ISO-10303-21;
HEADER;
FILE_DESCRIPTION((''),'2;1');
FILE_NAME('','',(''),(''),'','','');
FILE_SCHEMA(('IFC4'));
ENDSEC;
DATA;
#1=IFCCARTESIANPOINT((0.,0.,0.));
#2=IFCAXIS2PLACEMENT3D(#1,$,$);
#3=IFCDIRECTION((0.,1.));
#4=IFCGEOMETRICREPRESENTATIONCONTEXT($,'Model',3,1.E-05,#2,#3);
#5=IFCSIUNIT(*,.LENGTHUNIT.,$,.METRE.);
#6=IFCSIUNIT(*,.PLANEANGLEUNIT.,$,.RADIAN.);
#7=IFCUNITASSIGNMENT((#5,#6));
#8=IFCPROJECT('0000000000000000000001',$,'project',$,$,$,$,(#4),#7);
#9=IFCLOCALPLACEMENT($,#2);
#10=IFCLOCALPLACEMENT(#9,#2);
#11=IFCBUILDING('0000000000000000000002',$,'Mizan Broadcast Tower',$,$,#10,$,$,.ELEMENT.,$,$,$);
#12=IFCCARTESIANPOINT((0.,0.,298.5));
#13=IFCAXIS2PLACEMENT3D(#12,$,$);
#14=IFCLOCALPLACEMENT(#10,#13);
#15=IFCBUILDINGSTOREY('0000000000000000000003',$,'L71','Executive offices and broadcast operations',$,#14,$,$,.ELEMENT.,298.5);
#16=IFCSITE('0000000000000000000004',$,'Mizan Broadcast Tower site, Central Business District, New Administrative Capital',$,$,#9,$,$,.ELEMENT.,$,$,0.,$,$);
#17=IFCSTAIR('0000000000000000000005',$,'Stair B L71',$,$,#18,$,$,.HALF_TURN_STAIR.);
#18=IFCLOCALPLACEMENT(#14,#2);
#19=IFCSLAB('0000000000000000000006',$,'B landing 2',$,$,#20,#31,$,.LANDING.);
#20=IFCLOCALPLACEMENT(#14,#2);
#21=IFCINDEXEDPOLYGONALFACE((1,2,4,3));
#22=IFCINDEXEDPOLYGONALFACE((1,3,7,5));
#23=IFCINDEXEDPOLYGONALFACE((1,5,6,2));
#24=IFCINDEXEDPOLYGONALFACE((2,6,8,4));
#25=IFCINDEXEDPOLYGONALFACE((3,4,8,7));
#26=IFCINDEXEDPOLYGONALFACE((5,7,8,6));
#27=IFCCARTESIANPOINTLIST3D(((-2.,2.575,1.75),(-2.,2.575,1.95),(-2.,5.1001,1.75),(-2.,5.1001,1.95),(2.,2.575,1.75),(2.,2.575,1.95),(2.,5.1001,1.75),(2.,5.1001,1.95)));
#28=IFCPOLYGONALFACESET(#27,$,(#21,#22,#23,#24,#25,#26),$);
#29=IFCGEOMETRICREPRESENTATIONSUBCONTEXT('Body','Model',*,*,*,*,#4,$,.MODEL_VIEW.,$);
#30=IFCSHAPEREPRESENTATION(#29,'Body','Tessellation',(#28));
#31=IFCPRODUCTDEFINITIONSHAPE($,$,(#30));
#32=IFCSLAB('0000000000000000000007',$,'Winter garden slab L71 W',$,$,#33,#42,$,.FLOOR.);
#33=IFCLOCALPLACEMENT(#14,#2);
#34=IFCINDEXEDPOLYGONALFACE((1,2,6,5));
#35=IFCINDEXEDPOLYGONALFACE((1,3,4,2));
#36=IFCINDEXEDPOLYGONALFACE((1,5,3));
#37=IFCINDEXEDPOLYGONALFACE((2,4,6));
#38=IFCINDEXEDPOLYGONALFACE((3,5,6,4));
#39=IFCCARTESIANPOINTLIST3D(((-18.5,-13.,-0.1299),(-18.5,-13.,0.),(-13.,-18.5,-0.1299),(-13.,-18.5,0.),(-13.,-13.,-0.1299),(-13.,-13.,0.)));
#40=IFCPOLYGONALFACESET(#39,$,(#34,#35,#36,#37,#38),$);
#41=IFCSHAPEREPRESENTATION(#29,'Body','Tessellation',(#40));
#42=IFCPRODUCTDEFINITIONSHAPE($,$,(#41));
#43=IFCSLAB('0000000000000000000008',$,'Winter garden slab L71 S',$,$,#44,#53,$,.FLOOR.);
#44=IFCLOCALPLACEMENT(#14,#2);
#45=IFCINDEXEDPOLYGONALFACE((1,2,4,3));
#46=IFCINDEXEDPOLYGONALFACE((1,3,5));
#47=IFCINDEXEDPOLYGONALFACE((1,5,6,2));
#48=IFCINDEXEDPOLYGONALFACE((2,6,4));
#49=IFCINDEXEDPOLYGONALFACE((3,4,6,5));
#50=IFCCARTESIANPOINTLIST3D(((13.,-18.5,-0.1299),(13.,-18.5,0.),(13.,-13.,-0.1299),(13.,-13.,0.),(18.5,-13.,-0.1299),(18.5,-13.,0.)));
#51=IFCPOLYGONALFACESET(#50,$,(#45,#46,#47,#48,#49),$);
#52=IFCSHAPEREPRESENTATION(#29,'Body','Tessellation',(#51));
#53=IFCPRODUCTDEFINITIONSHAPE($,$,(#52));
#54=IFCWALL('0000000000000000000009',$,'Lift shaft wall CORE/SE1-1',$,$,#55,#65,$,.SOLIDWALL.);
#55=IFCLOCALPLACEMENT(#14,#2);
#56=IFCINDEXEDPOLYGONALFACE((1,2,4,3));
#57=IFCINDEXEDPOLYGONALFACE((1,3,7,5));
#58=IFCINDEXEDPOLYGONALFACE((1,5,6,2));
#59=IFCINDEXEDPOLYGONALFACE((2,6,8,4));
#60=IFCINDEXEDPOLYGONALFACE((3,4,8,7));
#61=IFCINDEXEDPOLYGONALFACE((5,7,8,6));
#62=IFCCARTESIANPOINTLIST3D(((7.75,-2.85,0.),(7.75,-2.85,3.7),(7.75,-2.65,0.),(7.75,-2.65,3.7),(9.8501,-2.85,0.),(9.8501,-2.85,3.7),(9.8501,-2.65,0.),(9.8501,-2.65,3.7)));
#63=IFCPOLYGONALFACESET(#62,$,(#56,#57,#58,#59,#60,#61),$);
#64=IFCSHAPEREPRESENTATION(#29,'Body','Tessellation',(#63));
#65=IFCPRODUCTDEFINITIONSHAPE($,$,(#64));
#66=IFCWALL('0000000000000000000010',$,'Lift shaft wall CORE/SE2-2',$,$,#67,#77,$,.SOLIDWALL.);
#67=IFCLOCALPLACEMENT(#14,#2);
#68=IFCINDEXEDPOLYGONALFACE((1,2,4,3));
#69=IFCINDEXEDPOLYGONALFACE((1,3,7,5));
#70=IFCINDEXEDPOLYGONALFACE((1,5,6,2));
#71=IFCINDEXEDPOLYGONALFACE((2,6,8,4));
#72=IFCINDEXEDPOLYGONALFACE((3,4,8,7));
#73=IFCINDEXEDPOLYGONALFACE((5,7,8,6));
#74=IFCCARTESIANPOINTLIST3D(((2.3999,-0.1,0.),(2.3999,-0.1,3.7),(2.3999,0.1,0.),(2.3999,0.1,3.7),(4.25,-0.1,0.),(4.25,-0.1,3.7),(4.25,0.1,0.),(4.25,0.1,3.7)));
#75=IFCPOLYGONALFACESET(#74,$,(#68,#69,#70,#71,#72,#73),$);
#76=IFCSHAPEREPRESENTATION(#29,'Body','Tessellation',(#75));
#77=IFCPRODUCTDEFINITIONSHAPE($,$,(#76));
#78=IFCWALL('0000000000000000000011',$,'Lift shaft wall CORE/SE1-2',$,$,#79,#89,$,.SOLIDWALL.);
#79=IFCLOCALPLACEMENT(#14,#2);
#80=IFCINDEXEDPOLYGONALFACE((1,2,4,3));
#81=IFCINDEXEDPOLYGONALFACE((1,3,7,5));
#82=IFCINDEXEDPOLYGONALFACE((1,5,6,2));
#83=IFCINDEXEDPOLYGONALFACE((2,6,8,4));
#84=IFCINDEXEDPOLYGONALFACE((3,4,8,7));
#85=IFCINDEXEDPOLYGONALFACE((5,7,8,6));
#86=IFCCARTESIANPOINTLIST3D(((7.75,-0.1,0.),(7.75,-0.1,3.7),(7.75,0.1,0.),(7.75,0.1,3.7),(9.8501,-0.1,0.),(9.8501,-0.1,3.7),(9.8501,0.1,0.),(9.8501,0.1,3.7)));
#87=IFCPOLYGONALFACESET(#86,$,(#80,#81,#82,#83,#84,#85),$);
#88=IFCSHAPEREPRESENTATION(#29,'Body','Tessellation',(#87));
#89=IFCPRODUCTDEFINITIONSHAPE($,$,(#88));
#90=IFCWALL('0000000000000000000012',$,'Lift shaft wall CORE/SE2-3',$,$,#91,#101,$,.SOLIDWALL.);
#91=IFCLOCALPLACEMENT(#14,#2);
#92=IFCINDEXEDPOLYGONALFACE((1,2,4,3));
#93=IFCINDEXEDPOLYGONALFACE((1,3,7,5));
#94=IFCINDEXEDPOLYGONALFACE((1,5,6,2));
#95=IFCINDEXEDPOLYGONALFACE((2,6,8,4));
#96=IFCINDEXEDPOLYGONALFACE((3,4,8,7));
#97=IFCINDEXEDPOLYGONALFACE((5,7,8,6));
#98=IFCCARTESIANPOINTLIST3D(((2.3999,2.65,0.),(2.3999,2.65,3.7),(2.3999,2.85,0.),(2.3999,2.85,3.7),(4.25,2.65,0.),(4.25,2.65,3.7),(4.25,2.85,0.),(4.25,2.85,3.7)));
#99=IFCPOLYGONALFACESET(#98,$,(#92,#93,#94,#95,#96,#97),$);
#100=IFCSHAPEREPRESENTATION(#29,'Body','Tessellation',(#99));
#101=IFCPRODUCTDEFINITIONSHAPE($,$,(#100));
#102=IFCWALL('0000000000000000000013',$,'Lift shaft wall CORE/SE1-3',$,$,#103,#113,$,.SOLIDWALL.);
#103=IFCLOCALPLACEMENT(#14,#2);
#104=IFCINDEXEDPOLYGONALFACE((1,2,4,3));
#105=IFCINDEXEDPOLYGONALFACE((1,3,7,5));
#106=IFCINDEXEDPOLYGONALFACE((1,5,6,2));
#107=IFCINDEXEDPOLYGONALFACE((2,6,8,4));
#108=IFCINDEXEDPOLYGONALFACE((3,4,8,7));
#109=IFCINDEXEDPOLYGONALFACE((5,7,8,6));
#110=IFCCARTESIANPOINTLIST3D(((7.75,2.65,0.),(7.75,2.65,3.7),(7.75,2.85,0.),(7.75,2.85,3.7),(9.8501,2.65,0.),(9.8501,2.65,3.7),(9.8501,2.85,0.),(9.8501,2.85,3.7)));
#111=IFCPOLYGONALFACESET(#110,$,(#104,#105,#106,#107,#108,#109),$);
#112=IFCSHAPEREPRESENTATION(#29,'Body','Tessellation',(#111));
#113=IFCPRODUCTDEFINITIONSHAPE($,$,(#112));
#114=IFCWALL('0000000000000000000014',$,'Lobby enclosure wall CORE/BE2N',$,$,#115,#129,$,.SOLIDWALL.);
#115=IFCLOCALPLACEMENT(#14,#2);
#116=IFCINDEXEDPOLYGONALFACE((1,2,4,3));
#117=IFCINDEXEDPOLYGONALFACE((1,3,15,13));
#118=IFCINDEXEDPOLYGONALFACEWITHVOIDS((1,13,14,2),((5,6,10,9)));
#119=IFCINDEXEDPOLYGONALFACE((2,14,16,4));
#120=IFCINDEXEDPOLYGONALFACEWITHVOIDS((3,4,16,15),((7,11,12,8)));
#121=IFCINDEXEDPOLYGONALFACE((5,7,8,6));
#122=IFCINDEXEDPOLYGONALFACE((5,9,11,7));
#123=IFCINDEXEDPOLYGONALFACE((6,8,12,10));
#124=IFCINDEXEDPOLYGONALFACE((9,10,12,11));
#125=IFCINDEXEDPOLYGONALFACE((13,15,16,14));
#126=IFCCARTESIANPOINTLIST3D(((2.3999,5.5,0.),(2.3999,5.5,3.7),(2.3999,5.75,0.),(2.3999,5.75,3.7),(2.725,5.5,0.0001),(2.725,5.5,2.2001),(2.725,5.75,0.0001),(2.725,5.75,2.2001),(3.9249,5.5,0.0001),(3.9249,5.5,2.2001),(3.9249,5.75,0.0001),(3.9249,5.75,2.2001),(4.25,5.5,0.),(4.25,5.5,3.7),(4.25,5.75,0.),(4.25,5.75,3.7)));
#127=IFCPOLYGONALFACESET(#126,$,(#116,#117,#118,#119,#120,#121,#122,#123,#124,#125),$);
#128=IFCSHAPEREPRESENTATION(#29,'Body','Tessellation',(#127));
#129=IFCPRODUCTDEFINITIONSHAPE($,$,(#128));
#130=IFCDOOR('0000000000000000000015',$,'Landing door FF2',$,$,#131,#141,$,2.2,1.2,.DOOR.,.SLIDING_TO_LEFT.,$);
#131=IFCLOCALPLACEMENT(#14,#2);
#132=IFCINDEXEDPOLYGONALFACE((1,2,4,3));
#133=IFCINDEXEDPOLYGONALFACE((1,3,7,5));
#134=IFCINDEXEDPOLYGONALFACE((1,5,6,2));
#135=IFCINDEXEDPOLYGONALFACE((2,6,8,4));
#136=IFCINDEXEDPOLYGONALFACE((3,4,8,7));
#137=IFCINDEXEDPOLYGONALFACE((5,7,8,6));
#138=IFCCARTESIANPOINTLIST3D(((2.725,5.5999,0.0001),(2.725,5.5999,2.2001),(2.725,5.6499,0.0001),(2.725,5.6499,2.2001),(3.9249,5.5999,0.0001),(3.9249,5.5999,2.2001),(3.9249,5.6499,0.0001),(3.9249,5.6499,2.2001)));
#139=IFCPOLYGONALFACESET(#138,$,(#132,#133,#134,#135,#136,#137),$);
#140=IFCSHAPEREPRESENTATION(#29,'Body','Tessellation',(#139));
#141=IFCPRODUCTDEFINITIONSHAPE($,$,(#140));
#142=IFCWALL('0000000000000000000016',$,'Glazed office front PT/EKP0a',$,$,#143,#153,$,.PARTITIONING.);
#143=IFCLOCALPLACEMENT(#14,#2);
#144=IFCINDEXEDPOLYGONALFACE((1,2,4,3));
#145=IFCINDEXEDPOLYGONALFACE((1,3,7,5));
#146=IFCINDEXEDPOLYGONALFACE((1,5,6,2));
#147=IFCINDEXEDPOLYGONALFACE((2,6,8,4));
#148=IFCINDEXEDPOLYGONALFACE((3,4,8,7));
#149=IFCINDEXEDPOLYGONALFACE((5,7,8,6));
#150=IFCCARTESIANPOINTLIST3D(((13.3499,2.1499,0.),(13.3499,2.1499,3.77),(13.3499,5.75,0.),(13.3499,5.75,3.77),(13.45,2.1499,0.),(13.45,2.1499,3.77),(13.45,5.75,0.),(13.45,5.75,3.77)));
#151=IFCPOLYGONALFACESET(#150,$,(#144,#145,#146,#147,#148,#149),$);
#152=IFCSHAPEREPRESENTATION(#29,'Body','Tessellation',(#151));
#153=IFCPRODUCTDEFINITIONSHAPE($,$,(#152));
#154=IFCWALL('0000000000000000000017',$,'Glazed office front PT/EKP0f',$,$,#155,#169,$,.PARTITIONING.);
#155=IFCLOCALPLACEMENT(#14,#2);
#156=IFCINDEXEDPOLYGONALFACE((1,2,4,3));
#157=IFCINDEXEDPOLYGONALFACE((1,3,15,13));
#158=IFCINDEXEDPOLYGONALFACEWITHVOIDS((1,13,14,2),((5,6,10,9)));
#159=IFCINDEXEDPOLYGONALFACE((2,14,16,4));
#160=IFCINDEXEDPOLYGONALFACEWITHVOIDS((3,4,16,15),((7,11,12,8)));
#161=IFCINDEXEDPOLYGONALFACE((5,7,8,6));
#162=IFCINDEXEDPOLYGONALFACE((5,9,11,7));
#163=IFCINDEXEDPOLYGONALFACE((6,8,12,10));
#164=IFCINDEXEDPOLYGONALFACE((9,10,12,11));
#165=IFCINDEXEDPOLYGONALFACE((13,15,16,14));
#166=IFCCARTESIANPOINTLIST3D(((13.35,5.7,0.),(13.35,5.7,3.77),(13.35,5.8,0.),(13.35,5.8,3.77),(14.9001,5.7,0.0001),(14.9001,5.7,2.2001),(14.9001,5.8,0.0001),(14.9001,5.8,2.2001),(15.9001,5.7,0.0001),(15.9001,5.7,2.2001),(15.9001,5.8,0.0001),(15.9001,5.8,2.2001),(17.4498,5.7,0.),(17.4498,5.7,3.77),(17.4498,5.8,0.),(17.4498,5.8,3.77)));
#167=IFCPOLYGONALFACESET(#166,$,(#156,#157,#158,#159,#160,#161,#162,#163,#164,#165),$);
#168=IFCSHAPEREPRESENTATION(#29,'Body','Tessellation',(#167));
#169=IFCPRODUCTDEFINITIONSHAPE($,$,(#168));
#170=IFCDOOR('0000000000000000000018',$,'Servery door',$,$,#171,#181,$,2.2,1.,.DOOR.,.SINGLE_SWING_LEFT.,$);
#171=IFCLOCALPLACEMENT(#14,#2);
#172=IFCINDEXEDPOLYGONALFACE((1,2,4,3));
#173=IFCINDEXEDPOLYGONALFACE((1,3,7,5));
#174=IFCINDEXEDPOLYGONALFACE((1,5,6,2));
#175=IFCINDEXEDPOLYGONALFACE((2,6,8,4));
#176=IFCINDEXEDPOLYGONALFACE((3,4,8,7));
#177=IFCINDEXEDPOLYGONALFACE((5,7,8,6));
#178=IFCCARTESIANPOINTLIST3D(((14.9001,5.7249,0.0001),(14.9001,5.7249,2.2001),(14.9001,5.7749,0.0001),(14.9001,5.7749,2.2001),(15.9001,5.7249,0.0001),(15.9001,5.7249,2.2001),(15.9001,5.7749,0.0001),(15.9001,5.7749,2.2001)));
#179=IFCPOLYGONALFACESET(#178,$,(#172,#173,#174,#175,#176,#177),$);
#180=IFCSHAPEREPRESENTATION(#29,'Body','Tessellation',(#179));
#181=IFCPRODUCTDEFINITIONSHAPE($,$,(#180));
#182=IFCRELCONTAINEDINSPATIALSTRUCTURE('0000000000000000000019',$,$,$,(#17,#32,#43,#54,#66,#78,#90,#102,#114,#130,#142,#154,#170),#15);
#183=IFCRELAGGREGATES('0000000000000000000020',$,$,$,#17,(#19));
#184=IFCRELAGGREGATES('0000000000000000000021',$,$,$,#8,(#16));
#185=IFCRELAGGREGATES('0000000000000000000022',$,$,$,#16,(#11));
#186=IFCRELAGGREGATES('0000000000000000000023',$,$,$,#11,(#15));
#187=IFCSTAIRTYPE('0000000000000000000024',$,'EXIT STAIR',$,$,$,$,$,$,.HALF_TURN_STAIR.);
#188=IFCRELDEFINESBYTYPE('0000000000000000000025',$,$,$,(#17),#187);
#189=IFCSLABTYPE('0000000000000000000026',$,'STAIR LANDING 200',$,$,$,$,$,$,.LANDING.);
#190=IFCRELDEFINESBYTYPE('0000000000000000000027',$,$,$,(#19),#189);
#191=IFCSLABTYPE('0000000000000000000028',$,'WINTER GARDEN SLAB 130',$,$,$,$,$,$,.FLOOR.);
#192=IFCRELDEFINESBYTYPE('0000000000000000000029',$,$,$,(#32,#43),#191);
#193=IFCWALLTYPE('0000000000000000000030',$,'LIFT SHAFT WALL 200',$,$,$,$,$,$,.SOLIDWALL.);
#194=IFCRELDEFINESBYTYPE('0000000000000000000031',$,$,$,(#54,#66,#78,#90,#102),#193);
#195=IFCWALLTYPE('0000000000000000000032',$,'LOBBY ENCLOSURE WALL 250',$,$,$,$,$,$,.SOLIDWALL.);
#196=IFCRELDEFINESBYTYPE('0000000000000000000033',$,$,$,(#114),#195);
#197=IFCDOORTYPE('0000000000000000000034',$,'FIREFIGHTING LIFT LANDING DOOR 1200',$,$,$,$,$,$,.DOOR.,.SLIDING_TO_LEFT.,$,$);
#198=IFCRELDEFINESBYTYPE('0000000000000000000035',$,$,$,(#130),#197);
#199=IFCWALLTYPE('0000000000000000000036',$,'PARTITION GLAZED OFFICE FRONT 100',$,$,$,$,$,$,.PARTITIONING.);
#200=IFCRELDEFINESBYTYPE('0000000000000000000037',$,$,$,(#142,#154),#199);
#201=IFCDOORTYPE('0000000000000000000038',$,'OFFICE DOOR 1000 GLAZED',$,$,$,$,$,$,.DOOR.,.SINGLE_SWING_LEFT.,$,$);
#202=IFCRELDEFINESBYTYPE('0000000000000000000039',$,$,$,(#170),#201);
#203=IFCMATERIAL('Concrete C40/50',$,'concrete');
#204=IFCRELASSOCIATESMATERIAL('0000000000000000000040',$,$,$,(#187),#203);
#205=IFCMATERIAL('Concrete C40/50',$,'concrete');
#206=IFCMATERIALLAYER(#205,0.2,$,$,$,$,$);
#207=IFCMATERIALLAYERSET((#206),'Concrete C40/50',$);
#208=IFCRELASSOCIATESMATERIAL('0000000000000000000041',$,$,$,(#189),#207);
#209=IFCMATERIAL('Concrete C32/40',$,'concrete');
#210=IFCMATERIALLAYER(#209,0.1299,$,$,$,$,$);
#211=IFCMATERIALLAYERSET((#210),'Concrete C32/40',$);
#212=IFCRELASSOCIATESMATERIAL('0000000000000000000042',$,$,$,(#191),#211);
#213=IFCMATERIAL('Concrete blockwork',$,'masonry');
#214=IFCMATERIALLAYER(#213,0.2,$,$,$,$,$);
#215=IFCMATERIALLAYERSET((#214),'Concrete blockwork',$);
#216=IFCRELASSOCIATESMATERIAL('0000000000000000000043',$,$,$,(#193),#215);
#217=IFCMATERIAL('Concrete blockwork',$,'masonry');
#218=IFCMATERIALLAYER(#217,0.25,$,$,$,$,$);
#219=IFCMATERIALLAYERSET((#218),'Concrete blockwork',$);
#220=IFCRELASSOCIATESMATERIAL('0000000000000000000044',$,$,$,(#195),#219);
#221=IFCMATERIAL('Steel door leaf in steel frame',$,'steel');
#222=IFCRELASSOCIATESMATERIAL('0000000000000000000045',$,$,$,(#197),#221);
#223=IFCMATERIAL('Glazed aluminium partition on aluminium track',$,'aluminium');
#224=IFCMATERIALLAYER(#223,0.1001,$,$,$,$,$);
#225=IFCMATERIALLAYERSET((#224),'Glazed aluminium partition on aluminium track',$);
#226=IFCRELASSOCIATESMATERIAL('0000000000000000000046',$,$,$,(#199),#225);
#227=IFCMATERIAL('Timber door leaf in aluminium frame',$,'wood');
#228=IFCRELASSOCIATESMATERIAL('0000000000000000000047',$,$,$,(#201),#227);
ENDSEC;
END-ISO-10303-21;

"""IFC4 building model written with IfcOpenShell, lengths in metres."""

from ifc_helpers import new_model, si_unit, direction, frame, frame_2d, origin, place, context, subcontext, project, spatial, polyline, rectangle, outline, extrude, material, layer, layer_set, type_object, element, fill, aggregate, save


model = new_model("IFC4")

# Units and contexts
model_context = context("Model", 3, precision=1e-05, world=origin(), true_north=direction((0.0, 1.0)))
body_context = subcontext(model_context, "Body", "Model", "MODEL_VIEW")
ifc_project = project(units=[si_unit("LENGTHUNIT", "METRE"), si_unit("PLANEANGLEUNIT", "RADIAN")], contexts=[model_context])

# Site, building, storey
site_placement = place(None, origin())
site = spatial("IfcSite", under=ifc_project, at=site_placement, Name="Mizan Broadcast Tower site, Central Business District, New Administrative Capital", CompositionType="ELEMENT", RefElevation=0.0)
building_placement = place(site_placement, origin())
building = spatial("IfcBuilding", under=site, at=building_placement, Name="Mizan Broadcast Tower", CompositionType="ELEMENT")
storey_placement = place(building_placement, frame((0.0, 0.0, 298.5)))
storey = spatial("IfcBuildingStorey", under=building, at=storey_placement, Name="L71", Description="Executive offices and broadcast operations", CompositionType="ELEMENT", Elevation=298.5)

# Stair, slab
ifc_material_1 = material(Name="Concrete C40/50", Category="concrete")
stair_type = type_object("IfcStairType", Name="EXIT STAIR", PredefinedType="HALF_TURN_STAIR", material=ifc_material_1)
ifc_material_2 = material(Name="Concrete C40/50", Category="concrete")
ifc_layer_1 = layer(ifc_material_2, 0.2)
ifc_layer_set_1 = layer_set([ifc_layer_1], Name="Concrete C40/50")
slab_type_1 = type_object("IfcSlabType", Name="STAIR LANDING 200", PredefinedType="LANDING", material=ifc_layer_set_1)
stair_1_placement = place(storey_placement, origin())
stair_1 = element("IfcStair", 1, at=stair_1_placement, inside=storey, type_object=stair_type, Name="Stair B L71", PredefinedType="HALF_TURN_STAIR")
slab_1_placement = place(storey_placement, frame((0.0, 0.0, 1.75)))
slab_1 = element("IfcSlab", 2, at=slab_1_placement, type_object=slab_type_1, Name="B landing 2", PredefinedType="LANDING", context=body_context, shape_type="SweptSolid", body=[
    extrude(outline(polyline([(2.0, 5.1001), (2.0, 2.575), (-2.0, 2.575), (-2.0, 5.1001), (2.0, 5.1001)])), origin(), (0.0, 0.0, 1.0), 0.2),
])
aggregate(stair_1, [slab_1])

# Slabs
ifc_material_3 = material(Name="Concrete C32/40", Category="concrete")
ifc_layer_2 = layer(ifc_material_3, 0.1299)
ifc_layer_set_2 = layer_set([ifc_layer_2], Name="Concrete C32/40")
slab_type_2 = type_object("IfcSlabType", Name="WINTER GARDEN SLAB 130", PredefinedType="FLOOR", material=ifc_layer_set_2)
slab_2_placement = place(storey_placement, frame((0.0, 0.0, -0.1299)))
element("IfcSlab", 3, at=slab_2_placement, inside=storey, type_object=slab_type_2, Name="Winter garden slab L71 W", PredefinedType="FLOOR", context=body_context, shape_type="SweptSolid", body=[
    extrude(outline(polyline([(-13.0, -13.0), (-18.5, -13.0), (-13.0, -18.5), (-13.0, -13.0)])), origin(), (0.0, 0.0, 1.0), 0.1299),
])
slab_3_placement = place(storey_placement, frame((0.0, 0.0, -0.1299)))
element("IfcSlab", 4, at=slab_3_placement, inside=storey, type_object=slab_type_2, Name="Winter garden slab L71 S", PredefinedType="FLOOR", context=body_context, shape_type="SweptSolid", body=[
    extrude(outline(polyline([(13.0, -13.0), (13.0, -18.5), (18.5, -13.0), (13.0, -13.0)])), origin(), (0.0, 0.0, 1.0), 0.1299),
])

# Walls
ifc_material_4 = material(Name="Concrete blockwork", Category="masonry")
ifc_layer_3 = layer(ifc_material_4, 0.2)
ifc_layer_set_3 = layer_set([ifc_layer_3], Name="Concrete blockwork")
wall_type_1 = type_object("IfcWallType", Name="LIFT SHAFT WALL 200", PredefinedType="SOLIDWALL", material=ifc_layer_set_3)
wall_1_placement = place(storey_placement, frame((7.75, -2.75, 0.0), z_axis=(0.0, 0.0, 1.0), x_axis=(1.0, 0.0, 0.0)))
element("IfcWall", 5, at=wall_1_placement, inside=storey, type_object=wall_type_1, Name="Lift shaft wall CORE/SE1-1", PredefinedType="SOLIDWALL", context=body_context, shape_type="SweptSolid", body=[
    extrude(rectangle(XDim=2.1001, YDim=0.2, at=frame_2d((1.05, 0.0))), origin(), (0.0, 0.0, 1.0), 3.7),
])
wall_2_placement = place(storey_placement, frame((2.3999, 0.0, 0.0), z_axis=(0.0, 0.0, 1.0), x_axis=(1.0, 0.0, 0.0)))
element("IfcWall", 6, at=wall_2_placement, inside=storey, type_object=wall_type_1, Name="Lift shaft wall CORE/SE2-2", PredefinedType="SOLIDWALL", context=body_context, shape_type="SweptSolid", body=[
    extrude(rectangle(XDim=1.8501, YDim=0.2, at=frame_2d((0.925, 0.0))), origin(), (0.0, 0.0, 1.0), 3.7),
])
wall_3_placement = place(storey_placement, frame((7.75, 0.0, 0.0), z_axis=(0.0, 0.0, 1.0), x_axis=(1.0, 0.0, 0.0)))
element("IfcWall", 7, at=wall_3_placement, inside=storey, type_object=wall_type_1, Name="Lift shaft wall CORE/SE1-2", PredefinedType="SOLIDWALL", context=body_context, shape_type="SweptSolid", body=[
    extrude(rectangle(XDim=2.1001, YDim=0.2, at=frame_2d((1.05, 0.0))), origin(), (0.0, 0.0, 1.0), 3.7),
])
wall_4_placement = place(storey_placement, frame((2.3999, 2.75, 0.0), z_axis=(0.0, 0.0, 1.0), x_axis=(1.0, 0.0, 0.0)))
element("IfcWall", 8, at=wall_4_placement, inside=storey, type_object=wall_type_1, Name="Lift shaft wall CORE/SE2-3", PredefinedType="SOLIDWALL", context=body_context, shape_type="SweptSolid", body=[
    extrude(rectangle(XDim=1.8501, YDim=0.2, at=frame_2d((0.925, 0.0))), origin(), (0.0, 0.0, 1.0), 3.7),
])
wall_5_placement = place(storey_placement, frame((7.75, 2.75, 0.0), z_axis=(0.0, 0.0, 1.0), x_axis=(1.0, 0.0, 0.0)))
element("IfcWall", 9, at=wall_5_placement, inside=storey, type_object=wall_type_1, Name="Lift shaft wall CORE/SE1-3", PredefinedType="SOLIDWALL", context=body_context, shape_type="SweptSolid", body=[
    extrude(rectangle(XDim=2.1001, YDim=0.2, at=frame_2d((1.05, 0.0))), origin(), (0.0, 0.0, 1.0), 3.7),
])

# Wall, opening, door
ifc_material_5 = material(Name="Concrete blockwork", Category="masonry")
ifc_layer_4 = layer(ifc_material_5, 0.25)
ifc_layer_set_4 = layer_set([ifc_layer_4], Name="Concrete blockwork")
wall_type_2 = type_object("IfcWallType", Name="LOBBY ENCLOSURE WALL 250", PredefinedType="SOLIDWALL", material=ifc_layer_set_4)
wall_6_placement = place(storey_placement, frame((2.3999, 5.625, 0.0), z_axis=(0.0, 0.0, 1.0), x_axis=(1.0, 0.0, 0.0)))
wall_6 = element("IfcWall", 10, at=wall_6_placement, inside=storey, type_object=wall_type_2, Name="Lobby enclosure wall CORE/BE2N", PredefinedType="SOLIDWALL", context=body_context, shape_type="SweptSolid", body=[
    extrude(rectangle(XDim=1.8501, YDim=0.25, at=frame_2d((0.925, 0.0))), origin(), (0.0, 0.0, 1.0), 3.7),
])
opening_1_placement = place(wall_6_placement, frame((0.325, 0.0, 0.0)))
opening_1 = element("IfcOpeningElement", 11, at=opening_1_placement, cuts=wall_6, PredefinedType="OPENING", context=body_context, shape_type="SweptSolid", body=[
    extrude(rectangle(XDim=1.2, YDim=2.2, at=frame_2d((0.6001, 1.1001))), frame((0.0, 0.135, 0.0), z_axis=(0.0, -1.0, 0.0), x_axis=(1.0, 0.0, 0.0)), (0.0, 0.0, 1.0), 0.27),
])
ifc_material_6 = material(Name="Steel door leaf in steel frame", Category="steel")
door_type_1 = type_object("IfcDoorType", Name="FIREFIGHTING LIFT LANDING DOOR 1200", OperationType="SLIDING_TO_LEFT", PredefinedType="DOOR", material=ifc_material_6)
door_1_placement = place(opening_1_placement, origin())
door_1 = element("IfcDoor", 12, at=door_1_placement, inside=storey, type_object=door_type_1, Name="Landing door FF2", OperationType="SLIDING_TO_LEFT", OverallHeight=2.2, OverallWidth=1.2, PredefinedType="DOOR", context=body_context, shape_type="SweptSolid", body=[
    extrude(rectangle(XDim=1.2, YDim=2.2, at=frame_2d((0.6001, 1.1001))), frame((0.0, 0.0249, 0.0), z_axis=(0.0, -1.0, 0.0), x_axis=(1.0, 0.0, 0.0)), (0.0, 0.0, 1.0), 0.05),
])
fill(opening_1, door_1)

# Wall
ifc_material_7 = material(Name="Glazed aluminium partition on aluminium track", Category="aluminium")
ifc_layer_5 = layer(ifc_material_7, 0.1001)
ifc_layer_set_5 = layer_set([ifc_layer_5], Name="Glazed aluminium partition on aluminium track")
wall_type_3 = type_object("IfcWallType", Name="PARTITION GLAZED OFFICE FRONT 100", PredefinedType="PARTITIONING", material=ifc_layer_set_5)
wall_7_placement = place(storey_placement, frame((13.3999, 2.1499, 0.0), z_axis=(0.0, 0.0, 1.0), x_axis=(0.0, 1.0, 0.0)))
element("IfcWall", 13, at=wall_7_placement, inside=storey, type_object=wall_type_3, Name="Glazed office front PT/EKP0a", PredefinedType="PARTITIONING", context=body_context, shape_type="SweptSolid", body=[
    extrude(rectangle(XDim=3.6001, YDim=0.1001, at=frame_2d((1.8, 0.0))), origin(), (0.0, 0.0, 1.0), 3.77),
])

# Wall, opening, door
wall_8_placement = place(storey_placement, frame((13.3501, 5.75, 0.0), z_axis=(0.0, 0.0, 1.0), x_axis=(1.0, 0.0, 0.0)))
wall_8 = element("IfcWall", 14, at=wall_8_placement, inside=storey, type_object=wall_type_3, Name="Glazed office front PT/EKP0f", PredefinedType="PARTITIONING", context=body_context, shape_type="SweptSolid", body=[
    extrude(rectangle(XDim=4.0999, YDim=0.1001, at=frame_2d((2.0498, 0.0))), origin(), (0.0, 0.0, 1.0), 3.77),
])
opening_2_placement = place(wall_8_placement, frame((1.55, 0.0, 0.0)))
opening_2 = element("IfcOpeningElement", 15, at=opening_2_placement, cuts=wall_8, PredefinedType="OPENING", context=body_context, shape_type="SweptSolid", body=[
    extrude(rectangle(XDim=1.0, YDim=2.2, at=frame_2d((0.5, 1.1001))), frame((0.0, 0.0601, 0.0), z_axis=(0.0, -1.0, 0.0), x_axis=(1.0, 0.0, 0.0)), (0.0, 0.0, 1.0), 0.1201),
])
ifc_material_8 = material(Name="Timber door leaf in aluminium frame", Category="wood")
door_type_2 = type_object("IfcDoorType", Name="OFFICE DOOR 1000 GLAZED", OperationType="SINGLE_SWING_LEFT", PredefinedType="DOOR", material=ifc_material_8)
door_2_placement = place(opening_2_placement, origin())
door_2 = element("IfcDoor", 16, at=door_2_placement, inside=storey, type_object=door_type_2, Name="Servery door", OperationType="SINGLE_SWING_LEFT", OverallHeight=2.2, OverallWidth=1.0, PredefinedType="DOOR", context=body_context, shape_type="SweptSolid", body=[
    extrude(rectangle(XDim=1.0, YDim=2.2, at=frame_2d((0.5, 1.1001))), frame((0.0, 0.0249, 0.0), z_axis=(0.0, -1.0, 0.0), x_axis=(1.0, 0.0, 0.0)), (0.0, 0.0, 1.0), 0.05),
])
fill(opening_2, door_2)

save(model, "model.ifc")
